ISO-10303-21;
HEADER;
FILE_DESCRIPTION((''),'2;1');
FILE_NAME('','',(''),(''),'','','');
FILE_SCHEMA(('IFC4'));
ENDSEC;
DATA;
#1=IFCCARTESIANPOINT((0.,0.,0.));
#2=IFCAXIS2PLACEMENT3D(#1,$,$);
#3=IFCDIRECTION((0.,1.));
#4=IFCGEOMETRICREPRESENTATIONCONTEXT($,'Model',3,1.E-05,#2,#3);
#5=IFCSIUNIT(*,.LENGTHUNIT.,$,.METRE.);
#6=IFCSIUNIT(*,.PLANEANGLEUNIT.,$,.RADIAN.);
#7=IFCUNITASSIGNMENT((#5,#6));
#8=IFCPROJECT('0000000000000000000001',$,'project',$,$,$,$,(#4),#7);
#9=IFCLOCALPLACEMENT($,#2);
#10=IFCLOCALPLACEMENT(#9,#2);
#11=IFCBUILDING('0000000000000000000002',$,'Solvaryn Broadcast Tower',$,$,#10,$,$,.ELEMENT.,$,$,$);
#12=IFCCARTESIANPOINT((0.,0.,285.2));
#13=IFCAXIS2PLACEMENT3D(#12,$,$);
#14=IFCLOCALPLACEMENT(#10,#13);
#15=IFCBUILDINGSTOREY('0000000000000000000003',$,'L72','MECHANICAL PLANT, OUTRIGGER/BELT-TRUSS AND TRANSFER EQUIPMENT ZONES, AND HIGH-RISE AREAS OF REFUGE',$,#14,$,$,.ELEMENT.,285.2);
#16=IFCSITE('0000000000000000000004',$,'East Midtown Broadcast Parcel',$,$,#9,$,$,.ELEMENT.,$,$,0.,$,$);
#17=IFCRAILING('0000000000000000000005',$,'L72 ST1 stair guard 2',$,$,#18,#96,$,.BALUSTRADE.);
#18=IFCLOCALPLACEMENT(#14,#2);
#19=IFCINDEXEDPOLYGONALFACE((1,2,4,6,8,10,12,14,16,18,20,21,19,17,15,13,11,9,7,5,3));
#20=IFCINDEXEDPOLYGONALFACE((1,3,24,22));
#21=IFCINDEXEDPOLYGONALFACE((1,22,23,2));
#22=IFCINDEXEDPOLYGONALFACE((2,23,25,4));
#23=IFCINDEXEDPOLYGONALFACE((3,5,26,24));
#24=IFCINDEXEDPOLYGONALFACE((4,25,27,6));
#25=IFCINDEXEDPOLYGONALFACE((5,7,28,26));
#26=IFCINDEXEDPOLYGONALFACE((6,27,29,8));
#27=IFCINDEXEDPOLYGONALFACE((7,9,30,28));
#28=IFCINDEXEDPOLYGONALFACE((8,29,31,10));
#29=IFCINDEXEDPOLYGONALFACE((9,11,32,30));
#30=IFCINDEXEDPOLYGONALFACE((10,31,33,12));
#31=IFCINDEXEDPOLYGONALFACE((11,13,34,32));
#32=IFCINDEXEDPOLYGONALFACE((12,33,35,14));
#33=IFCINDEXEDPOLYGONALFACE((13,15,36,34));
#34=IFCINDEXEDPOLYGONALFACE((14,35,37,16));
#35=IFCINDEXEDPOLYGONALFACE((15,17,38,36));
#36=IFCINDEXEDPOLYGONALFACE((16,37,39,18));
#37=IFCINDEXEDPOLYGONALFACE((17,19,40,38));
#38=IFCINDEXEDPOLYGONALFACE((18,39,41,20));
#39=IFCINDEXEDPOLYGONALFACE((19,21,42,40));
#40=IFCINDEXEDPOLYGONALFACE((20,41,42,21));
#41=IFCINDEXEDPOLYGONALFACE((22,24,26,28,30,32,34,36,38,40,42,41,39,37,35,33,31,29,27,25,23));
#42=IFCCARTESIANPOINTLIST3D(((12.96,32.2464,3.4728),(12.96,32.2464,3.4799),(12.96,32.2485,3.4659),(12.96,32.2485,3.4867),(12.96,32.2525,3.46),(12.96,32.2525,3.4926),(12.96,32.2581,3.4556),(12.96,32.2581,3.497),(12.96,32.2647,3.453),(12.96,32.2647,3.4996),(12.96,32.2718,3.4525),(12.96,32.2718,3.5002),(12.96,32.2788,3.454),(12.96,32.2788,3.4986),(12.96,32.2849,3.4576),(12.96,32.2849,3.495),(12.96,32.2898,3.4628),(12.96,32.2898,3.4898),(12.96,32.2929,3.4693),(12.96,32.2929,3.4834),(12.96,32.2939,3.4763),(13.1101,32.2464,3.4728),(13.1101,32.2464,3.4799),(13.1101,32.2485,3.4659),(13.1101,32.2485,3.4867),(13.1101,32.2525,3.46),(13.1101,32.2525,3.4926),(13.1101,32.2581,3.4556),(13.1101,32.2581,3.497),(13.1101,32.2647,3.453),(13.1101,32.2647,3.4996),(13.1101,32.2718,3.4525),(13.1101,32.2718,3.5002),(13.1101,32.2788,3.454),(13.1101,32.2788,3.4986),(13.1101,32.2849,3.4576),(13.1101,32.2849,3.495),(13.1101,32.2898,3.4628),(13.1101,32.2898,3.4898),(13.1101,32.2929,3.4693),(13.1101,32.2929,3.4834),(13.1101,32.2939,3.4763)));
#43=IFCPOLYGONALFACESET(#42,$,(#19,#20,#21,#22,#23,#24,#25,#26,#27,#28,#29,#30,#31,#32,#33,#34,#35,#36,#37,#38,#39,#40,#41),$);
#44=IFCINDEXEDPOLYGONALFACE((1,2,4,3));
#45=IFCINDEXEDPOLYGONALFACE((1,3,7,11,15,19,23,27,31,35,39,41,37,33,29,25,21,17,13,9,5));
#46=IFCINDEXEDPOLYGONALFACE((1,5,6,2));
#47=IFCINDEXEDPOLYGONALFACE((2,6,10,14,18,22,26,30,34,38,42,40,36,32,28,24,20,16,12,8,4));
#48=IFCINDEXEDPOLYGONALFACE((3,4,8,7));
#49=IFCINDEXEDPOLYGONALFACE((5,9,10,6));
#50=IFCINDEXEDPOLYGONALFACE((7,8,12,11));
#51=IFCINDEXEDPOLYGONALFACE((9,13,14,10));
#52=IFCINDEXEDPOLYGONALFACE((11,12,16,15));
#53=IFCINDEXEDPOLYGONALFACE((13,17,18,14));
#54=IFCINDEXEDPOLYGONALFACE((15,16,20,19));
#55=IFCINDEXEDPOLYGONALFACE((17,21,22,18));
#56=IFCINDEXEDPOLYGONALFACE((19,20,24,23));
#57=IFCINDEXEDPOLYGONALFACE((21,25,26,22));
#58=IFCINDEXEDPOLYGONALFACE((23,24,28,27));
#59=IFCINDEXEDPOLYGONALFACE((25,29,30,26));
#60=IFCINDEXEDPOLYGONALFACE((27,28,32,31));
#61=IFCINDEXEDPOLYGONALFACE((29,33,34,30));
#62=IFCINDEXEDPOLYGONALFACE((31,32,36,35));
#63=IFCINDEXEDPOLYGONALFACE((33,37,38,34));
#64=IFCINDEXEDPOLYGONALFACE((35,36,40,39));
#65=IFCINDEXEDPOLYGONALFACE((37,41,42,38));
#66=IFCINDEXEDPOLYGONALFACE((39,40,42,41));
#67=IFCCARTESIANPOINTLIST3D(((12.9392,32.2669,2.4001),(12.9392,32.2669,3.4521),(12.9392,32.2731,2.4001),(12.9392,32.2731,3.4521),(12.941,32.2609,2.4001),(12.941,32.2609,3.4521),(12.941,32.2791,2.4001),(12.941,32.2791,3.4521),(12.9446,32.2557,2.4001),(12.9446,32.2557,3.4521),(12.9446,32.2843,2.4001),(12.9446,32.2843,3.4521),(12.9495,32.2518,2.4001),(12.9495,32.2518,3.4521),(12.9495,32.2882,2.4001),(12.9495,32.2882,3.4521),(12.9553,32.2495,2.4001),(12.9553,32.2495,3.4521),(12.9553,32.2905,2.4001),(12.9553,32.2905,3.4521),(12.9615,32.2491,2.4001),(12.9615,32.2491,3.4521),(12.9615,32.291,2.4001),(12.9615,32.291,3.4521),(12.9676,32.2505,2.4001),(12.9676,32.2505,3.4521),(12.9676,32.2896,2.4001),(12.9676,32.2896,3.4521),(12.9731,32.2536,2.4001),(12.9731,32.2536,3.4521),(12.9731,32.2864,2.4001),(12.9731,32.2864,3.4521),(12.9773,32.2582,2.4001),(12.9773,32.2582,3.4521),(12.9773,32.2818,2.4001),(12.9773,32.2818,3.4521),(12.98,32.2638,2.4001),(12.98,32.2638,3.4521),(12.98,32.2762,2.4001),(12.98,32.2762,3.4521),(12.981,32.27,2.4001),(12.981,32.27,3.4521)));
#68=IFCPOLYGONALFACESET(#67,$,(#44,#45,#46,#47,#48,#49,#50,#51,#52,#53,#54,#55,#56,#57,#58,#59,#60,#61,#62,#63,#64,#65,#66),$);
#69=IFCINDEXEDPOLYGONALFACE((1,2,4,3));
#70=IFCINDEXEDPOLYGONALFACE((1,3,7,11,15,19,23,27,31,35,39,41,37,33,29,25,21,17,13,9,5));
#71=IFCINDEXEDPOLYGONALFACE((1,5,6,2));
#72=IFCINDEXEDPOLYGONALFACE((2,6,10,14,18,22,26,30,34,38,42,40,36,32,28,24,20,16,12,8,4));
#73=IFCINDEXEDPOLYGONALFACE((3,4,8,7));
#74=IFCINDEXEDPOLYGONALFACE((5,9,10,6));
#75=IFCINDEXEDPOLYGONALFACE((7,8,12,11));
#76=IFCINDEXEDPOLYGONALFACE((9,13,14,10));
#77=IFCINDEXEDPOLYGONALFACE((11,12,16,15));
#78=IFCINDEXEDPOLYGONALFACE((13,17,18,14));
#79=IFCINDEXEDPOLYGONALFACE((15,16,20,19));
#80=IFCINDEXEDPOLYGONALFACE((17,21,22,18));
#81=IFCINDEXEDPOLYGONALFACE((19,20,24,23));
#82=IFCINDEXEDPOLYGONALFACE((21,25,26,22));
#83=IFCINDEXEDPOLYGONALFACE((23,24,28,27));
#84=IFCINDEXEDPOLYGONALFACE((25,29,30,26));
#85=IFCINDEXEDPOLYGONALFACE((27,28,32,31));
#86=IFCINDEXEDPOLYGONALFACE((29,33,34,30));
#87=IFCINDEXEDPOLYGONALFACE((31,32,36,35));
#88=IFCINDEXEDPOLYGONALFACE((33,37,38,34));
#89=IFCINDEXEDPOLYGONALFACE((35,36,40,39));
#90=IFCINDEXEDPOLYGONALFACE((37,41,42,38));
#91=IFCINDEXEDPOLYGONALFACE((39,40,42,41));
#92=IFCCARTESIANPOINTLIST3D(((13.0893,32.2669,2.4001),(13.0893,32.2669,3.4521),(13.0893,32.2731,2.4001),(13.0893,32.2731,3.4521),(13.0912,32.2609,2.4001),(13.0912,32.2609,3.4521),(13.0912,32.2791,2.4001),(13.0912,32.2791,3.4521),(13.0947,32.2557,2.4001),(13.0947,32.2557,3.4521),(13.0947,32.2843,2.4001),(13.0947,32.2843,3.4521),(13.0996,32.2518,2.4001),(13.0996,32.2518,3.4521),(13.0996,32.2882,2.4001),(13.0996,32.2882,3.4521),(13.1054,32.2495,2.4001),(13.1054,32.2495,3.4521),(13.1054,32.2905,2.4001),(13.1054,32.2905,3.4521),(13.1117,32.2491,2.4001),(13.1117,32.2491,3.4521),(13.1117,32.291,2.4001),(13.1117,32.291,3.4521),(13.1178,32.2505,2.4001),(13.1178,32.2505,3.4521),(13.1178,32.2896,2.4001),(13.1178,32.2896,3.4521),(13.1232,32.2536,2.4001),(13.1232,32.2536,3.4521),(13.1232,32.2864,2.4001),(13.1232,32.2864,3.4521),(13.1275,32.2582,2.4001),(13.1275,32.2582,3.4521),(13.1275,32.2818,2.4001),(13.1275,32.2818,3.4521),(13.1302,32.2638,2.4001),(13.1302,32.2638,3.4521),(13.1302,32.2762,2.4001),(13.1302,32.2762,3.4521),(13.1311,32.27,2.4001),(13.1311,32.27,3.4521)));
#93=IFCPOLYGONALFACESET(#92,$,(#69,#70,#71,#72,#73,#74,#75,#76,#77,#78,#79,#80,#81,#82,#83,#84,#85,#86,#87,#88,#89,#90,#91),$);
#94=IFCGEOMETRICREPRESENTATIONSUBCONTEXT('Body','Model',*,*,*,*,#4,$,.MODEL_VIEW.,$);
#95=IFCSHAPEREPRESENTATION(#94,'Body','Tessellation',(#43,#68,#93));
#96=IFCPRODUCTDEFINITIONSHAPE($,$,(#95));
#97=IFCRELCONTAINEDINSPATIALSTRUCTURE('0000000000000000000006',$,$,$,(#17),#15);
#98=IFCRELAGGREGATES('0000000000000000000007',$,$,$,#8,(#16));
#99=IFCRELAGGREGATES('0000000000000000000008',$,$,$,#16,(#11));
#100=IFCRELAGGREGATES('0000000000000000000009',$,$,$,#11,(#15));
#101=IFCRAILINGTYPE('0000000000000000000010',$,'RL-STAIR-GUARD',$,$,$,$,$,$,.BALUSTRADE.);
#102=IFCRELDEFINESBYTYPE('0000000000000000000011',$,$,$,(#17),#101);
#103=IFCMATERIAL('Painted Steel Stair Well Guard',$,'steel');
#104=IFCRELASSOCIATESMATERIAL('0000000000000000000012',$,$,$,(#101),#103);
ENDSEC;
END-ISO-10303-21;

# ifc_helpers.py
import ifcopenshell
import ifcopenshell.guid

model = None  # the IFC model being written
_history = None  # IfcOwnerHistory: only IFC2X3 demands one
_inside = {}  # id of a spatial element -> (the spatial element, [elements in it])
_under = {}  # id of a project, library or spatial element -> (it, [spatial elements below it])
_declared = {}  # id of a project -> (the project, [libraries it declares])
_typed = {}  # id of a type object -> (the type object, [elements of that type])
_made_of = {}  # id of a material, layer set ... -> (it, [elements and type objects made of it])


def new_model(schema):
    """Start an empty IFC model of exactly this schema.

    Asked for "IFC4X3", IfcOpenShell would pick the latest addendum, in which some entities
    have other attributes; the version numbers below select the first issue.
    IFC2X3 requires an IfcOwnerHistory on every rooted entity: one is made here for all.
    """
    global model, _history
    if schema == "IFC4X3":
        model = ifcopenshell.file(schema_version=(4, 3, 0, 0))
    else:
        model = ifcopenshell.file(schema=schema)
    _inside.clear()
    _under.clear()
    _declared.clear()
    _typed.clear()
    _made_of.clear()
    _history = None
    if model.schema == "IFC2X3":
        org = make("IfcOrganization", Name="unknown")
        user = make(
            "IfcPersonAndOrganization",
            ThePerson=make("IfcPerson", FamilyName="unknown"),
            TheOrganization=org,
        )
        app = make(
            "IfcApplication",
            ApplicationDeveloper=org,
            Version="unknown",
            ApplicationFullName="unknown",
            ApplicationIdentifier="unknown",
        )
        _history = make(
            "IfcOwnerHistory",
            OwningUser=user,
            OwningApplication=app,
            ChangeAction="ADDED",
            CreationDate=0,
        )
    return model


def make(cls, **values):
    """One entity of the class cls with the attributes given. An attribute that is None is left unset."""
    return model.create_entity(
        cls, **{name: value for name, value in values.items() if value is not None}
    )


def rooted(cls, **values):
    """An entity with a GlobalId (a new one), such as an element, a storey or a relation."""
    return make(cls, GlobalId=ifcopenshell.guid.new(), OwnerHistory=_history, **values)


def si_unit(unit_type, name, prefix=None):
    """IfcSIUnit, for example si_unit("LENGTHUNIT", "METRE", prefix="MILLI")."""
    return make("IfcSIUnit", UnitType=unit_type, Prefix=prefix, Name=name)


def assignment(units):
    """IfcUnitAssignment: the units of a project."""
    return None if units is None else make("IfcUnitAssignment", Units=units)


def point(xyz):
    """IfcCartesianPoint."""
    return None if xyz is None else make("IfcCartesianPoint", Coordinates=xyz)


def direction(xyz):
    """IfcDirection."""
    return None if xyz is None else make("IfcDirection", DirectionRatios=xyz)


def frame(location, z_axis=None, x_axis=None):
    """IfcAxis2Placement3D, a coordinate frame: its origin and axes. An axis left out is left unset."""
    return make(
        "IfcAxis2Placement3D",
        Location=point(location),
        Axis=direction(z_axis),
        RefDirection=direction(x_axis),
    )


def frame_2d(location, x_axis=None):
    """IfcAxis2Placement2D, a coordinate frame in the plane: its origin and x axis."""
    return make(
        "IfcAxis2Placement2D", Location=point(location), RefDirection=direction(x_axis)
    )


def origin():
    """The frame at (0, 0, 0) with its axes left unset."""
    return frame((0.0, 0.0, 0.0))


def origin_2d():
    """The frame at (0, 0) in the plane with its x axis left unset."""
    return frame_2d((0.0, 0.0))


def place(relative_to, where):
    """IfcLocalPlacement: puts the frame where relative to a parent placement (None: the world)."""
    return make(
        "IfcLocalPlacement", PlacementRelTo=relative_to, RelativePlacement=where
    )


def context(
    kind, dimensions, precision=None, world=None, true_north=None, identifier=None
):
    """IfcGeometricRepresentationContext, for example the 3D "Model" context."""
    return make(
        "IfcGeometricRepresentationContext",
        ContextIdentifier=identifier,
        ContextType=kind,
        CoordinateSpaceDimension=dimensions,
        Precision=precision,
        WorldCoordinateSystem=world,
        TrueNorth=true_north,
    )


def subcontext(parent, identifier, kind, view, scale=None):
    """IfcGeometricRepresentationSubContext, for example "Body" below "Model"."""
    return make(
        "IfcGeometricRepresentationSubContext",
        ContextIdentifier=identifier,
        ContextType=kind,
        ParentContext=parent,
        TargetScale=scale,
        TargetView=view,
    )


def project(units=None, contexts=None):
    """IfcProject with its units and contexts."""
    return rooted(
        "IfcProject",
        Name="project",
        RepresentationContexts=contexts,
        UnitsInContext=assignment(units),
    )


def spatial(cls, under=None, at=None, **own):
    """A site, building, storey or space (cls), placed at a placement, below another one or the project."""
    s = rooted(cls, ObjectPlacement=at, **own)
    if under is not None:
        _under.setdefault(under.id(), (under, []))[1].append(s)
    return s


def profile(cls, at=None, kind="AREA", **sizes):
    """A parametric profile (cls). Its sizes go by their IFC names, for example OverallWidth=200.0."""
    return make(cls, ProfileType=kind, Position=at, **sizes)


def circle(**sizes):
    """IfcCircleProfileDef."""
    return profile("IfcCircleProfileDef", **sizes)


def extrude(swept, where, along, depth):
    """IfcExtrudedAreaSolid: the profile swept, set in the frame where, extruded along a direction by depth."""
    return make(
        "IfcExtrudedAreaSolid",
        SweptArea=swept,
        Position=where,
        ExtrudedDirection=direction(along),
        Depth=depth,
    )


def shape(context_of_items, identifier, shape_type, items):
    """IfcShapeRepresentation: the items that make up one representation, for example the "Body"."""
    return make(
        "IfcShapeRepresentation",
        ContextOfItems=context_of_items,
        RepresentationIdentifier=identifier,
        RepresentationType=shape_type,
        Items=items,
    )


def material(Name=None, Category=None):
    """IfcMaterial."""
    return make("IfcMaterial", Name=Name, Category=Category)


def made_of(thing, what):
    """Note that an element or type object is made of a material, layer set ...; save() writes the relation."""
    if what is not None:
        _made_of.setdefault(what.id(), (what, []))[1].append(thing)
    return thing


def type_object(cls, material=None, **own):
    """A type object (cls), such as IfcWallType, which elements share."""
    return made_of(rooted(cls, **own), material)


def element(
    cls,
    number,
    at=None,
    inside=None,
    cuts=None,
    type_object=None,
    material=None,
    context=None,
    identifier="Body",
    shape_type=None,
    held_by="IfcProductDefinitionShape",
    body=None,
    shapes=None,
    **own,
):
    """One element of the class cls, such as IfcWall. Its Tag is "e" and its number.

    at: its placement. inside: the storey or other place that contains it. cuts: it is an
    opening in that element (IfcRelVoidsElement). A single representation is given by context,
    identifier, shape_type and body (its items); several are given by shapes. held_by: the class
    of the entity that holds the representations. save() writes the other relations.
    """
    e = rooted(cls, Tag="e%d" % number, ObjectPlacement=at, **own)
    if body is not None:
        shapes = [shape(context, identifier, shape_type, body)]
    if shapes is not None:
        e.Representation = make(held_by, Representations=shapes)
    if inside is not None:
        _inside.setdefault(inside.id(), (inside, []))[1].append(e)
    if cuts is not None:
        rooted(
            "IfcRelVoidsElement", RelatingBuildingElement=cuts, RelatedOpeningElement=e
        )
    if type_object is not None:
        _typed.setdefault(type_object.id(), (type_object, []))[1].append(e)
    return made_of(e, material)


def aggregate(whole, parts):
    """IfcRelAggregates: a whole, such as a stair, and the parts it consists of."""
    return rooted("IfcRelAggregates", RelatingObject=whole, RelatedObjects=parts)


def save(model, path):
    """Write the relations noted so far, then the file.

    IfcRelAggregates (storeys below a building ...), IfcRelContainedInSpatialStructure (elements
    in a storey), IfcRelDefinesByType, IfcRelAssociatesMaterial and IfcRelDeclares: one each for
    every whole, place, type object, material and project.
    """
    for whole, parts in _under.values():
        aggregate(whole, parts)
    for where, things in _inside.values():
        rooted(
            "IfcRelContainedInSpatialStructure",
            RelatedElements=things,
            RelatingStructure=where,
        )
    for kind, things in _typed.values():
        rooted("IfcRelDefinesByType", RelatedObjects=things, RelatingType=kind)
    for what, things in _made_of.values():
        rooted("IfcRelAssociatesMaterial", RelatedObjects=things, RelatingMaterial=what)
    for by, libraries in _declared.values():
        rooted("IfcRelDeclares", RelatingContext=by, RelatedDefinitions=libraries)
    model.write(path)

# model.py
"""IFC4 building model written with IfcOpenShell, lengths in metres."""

from ifc_helpers import new_model, si_unit, direction, frame, origin, origin_2d, place, context, subcontext, project, spatial, circle, extrude, material, type_object, element, save


model = new_model("IFC4")

# Units and contexts
model_context = context("Model", 3, precision=1e-05, world=origin(), true_north=direction((0.0, 1.0)))
body_context = subcontext(model_context, "Body", "Model", "MODEL_VIEW")
ifc_project = project(units=[si_unit("LENGTHUNIT", "METRE"), si_unit("PLANEANGLEUNIT", "RADIAN")], contexts=[model_context])

# Site, building, storey
site_placement = place(None, origin())
site = spatial("IfcSite", under=ifc_project, at=site_placement, Name="East Midtown Broadcast Parcel", CompositionType="ELEMENT", RefElevation=0.0)
building_placement = place(site_placement, origin())
building = spatial("IfcBuilding", under=site, at=building_placement, Name="Solvaryn Broadcast Tower", CompositionType="ELEMENT")
storey_placement = place(building_placement, frame((0.0, 0.0, 285.2)))
storey = spatial("IfcBuildingStorey", under=building, at=storey_placement, Name="L72", Description="MECHANICAL PLANT, OUTRIGGER/BELT-TRUSS AND TRANSFER EQUIPMENT ZONES, AND HIGH-RISE AREAS OF REFUGE", CompositionType="ELEMENT", Elevation=285.2)

# Railing
ifc_material_1 = material(Name="Painted Steel Stair Well Guard", Category="steel")
railing_type_1 = type_object("IfcRailingType", Name="RL-STAIR-GUARD", PredefinedType="BALUSTRADE", material=ifc_material_1)
railing_1_placement = place(storey_placement, frame((12.96, 32.27, 2.4001)))
element("IfcRailing", 1, at=railing_1_placement, inside=storey, type_object=railing_type_1, Name="L72 ST1 stair guard 2", PredefinedType="BALUSTRADE", context=body_context, shape_type="SweptSolid", body=[
    extrude(circle(Radius=0.0239, at=origin_2d()), frame((0.0, 0.0, 1.0762), z_axis=(1.0, 0.0, 0.0), x_axis=(0.0, 1.0, 0.0)), (0.0, 0.0, 1.0), 0.1501),
    extrude(circle(Radius=0.021, at=origin_2d()), origin(), (0.0, 0.0, 1.0), 1.052),
    extrude(circle(Radius=0.021, at=origin_2d()), frame((0.1501, 0.0, 0.0)), (0.0, 0.0, 1.0), 1.052),
])

save(model, "model.ifc")
